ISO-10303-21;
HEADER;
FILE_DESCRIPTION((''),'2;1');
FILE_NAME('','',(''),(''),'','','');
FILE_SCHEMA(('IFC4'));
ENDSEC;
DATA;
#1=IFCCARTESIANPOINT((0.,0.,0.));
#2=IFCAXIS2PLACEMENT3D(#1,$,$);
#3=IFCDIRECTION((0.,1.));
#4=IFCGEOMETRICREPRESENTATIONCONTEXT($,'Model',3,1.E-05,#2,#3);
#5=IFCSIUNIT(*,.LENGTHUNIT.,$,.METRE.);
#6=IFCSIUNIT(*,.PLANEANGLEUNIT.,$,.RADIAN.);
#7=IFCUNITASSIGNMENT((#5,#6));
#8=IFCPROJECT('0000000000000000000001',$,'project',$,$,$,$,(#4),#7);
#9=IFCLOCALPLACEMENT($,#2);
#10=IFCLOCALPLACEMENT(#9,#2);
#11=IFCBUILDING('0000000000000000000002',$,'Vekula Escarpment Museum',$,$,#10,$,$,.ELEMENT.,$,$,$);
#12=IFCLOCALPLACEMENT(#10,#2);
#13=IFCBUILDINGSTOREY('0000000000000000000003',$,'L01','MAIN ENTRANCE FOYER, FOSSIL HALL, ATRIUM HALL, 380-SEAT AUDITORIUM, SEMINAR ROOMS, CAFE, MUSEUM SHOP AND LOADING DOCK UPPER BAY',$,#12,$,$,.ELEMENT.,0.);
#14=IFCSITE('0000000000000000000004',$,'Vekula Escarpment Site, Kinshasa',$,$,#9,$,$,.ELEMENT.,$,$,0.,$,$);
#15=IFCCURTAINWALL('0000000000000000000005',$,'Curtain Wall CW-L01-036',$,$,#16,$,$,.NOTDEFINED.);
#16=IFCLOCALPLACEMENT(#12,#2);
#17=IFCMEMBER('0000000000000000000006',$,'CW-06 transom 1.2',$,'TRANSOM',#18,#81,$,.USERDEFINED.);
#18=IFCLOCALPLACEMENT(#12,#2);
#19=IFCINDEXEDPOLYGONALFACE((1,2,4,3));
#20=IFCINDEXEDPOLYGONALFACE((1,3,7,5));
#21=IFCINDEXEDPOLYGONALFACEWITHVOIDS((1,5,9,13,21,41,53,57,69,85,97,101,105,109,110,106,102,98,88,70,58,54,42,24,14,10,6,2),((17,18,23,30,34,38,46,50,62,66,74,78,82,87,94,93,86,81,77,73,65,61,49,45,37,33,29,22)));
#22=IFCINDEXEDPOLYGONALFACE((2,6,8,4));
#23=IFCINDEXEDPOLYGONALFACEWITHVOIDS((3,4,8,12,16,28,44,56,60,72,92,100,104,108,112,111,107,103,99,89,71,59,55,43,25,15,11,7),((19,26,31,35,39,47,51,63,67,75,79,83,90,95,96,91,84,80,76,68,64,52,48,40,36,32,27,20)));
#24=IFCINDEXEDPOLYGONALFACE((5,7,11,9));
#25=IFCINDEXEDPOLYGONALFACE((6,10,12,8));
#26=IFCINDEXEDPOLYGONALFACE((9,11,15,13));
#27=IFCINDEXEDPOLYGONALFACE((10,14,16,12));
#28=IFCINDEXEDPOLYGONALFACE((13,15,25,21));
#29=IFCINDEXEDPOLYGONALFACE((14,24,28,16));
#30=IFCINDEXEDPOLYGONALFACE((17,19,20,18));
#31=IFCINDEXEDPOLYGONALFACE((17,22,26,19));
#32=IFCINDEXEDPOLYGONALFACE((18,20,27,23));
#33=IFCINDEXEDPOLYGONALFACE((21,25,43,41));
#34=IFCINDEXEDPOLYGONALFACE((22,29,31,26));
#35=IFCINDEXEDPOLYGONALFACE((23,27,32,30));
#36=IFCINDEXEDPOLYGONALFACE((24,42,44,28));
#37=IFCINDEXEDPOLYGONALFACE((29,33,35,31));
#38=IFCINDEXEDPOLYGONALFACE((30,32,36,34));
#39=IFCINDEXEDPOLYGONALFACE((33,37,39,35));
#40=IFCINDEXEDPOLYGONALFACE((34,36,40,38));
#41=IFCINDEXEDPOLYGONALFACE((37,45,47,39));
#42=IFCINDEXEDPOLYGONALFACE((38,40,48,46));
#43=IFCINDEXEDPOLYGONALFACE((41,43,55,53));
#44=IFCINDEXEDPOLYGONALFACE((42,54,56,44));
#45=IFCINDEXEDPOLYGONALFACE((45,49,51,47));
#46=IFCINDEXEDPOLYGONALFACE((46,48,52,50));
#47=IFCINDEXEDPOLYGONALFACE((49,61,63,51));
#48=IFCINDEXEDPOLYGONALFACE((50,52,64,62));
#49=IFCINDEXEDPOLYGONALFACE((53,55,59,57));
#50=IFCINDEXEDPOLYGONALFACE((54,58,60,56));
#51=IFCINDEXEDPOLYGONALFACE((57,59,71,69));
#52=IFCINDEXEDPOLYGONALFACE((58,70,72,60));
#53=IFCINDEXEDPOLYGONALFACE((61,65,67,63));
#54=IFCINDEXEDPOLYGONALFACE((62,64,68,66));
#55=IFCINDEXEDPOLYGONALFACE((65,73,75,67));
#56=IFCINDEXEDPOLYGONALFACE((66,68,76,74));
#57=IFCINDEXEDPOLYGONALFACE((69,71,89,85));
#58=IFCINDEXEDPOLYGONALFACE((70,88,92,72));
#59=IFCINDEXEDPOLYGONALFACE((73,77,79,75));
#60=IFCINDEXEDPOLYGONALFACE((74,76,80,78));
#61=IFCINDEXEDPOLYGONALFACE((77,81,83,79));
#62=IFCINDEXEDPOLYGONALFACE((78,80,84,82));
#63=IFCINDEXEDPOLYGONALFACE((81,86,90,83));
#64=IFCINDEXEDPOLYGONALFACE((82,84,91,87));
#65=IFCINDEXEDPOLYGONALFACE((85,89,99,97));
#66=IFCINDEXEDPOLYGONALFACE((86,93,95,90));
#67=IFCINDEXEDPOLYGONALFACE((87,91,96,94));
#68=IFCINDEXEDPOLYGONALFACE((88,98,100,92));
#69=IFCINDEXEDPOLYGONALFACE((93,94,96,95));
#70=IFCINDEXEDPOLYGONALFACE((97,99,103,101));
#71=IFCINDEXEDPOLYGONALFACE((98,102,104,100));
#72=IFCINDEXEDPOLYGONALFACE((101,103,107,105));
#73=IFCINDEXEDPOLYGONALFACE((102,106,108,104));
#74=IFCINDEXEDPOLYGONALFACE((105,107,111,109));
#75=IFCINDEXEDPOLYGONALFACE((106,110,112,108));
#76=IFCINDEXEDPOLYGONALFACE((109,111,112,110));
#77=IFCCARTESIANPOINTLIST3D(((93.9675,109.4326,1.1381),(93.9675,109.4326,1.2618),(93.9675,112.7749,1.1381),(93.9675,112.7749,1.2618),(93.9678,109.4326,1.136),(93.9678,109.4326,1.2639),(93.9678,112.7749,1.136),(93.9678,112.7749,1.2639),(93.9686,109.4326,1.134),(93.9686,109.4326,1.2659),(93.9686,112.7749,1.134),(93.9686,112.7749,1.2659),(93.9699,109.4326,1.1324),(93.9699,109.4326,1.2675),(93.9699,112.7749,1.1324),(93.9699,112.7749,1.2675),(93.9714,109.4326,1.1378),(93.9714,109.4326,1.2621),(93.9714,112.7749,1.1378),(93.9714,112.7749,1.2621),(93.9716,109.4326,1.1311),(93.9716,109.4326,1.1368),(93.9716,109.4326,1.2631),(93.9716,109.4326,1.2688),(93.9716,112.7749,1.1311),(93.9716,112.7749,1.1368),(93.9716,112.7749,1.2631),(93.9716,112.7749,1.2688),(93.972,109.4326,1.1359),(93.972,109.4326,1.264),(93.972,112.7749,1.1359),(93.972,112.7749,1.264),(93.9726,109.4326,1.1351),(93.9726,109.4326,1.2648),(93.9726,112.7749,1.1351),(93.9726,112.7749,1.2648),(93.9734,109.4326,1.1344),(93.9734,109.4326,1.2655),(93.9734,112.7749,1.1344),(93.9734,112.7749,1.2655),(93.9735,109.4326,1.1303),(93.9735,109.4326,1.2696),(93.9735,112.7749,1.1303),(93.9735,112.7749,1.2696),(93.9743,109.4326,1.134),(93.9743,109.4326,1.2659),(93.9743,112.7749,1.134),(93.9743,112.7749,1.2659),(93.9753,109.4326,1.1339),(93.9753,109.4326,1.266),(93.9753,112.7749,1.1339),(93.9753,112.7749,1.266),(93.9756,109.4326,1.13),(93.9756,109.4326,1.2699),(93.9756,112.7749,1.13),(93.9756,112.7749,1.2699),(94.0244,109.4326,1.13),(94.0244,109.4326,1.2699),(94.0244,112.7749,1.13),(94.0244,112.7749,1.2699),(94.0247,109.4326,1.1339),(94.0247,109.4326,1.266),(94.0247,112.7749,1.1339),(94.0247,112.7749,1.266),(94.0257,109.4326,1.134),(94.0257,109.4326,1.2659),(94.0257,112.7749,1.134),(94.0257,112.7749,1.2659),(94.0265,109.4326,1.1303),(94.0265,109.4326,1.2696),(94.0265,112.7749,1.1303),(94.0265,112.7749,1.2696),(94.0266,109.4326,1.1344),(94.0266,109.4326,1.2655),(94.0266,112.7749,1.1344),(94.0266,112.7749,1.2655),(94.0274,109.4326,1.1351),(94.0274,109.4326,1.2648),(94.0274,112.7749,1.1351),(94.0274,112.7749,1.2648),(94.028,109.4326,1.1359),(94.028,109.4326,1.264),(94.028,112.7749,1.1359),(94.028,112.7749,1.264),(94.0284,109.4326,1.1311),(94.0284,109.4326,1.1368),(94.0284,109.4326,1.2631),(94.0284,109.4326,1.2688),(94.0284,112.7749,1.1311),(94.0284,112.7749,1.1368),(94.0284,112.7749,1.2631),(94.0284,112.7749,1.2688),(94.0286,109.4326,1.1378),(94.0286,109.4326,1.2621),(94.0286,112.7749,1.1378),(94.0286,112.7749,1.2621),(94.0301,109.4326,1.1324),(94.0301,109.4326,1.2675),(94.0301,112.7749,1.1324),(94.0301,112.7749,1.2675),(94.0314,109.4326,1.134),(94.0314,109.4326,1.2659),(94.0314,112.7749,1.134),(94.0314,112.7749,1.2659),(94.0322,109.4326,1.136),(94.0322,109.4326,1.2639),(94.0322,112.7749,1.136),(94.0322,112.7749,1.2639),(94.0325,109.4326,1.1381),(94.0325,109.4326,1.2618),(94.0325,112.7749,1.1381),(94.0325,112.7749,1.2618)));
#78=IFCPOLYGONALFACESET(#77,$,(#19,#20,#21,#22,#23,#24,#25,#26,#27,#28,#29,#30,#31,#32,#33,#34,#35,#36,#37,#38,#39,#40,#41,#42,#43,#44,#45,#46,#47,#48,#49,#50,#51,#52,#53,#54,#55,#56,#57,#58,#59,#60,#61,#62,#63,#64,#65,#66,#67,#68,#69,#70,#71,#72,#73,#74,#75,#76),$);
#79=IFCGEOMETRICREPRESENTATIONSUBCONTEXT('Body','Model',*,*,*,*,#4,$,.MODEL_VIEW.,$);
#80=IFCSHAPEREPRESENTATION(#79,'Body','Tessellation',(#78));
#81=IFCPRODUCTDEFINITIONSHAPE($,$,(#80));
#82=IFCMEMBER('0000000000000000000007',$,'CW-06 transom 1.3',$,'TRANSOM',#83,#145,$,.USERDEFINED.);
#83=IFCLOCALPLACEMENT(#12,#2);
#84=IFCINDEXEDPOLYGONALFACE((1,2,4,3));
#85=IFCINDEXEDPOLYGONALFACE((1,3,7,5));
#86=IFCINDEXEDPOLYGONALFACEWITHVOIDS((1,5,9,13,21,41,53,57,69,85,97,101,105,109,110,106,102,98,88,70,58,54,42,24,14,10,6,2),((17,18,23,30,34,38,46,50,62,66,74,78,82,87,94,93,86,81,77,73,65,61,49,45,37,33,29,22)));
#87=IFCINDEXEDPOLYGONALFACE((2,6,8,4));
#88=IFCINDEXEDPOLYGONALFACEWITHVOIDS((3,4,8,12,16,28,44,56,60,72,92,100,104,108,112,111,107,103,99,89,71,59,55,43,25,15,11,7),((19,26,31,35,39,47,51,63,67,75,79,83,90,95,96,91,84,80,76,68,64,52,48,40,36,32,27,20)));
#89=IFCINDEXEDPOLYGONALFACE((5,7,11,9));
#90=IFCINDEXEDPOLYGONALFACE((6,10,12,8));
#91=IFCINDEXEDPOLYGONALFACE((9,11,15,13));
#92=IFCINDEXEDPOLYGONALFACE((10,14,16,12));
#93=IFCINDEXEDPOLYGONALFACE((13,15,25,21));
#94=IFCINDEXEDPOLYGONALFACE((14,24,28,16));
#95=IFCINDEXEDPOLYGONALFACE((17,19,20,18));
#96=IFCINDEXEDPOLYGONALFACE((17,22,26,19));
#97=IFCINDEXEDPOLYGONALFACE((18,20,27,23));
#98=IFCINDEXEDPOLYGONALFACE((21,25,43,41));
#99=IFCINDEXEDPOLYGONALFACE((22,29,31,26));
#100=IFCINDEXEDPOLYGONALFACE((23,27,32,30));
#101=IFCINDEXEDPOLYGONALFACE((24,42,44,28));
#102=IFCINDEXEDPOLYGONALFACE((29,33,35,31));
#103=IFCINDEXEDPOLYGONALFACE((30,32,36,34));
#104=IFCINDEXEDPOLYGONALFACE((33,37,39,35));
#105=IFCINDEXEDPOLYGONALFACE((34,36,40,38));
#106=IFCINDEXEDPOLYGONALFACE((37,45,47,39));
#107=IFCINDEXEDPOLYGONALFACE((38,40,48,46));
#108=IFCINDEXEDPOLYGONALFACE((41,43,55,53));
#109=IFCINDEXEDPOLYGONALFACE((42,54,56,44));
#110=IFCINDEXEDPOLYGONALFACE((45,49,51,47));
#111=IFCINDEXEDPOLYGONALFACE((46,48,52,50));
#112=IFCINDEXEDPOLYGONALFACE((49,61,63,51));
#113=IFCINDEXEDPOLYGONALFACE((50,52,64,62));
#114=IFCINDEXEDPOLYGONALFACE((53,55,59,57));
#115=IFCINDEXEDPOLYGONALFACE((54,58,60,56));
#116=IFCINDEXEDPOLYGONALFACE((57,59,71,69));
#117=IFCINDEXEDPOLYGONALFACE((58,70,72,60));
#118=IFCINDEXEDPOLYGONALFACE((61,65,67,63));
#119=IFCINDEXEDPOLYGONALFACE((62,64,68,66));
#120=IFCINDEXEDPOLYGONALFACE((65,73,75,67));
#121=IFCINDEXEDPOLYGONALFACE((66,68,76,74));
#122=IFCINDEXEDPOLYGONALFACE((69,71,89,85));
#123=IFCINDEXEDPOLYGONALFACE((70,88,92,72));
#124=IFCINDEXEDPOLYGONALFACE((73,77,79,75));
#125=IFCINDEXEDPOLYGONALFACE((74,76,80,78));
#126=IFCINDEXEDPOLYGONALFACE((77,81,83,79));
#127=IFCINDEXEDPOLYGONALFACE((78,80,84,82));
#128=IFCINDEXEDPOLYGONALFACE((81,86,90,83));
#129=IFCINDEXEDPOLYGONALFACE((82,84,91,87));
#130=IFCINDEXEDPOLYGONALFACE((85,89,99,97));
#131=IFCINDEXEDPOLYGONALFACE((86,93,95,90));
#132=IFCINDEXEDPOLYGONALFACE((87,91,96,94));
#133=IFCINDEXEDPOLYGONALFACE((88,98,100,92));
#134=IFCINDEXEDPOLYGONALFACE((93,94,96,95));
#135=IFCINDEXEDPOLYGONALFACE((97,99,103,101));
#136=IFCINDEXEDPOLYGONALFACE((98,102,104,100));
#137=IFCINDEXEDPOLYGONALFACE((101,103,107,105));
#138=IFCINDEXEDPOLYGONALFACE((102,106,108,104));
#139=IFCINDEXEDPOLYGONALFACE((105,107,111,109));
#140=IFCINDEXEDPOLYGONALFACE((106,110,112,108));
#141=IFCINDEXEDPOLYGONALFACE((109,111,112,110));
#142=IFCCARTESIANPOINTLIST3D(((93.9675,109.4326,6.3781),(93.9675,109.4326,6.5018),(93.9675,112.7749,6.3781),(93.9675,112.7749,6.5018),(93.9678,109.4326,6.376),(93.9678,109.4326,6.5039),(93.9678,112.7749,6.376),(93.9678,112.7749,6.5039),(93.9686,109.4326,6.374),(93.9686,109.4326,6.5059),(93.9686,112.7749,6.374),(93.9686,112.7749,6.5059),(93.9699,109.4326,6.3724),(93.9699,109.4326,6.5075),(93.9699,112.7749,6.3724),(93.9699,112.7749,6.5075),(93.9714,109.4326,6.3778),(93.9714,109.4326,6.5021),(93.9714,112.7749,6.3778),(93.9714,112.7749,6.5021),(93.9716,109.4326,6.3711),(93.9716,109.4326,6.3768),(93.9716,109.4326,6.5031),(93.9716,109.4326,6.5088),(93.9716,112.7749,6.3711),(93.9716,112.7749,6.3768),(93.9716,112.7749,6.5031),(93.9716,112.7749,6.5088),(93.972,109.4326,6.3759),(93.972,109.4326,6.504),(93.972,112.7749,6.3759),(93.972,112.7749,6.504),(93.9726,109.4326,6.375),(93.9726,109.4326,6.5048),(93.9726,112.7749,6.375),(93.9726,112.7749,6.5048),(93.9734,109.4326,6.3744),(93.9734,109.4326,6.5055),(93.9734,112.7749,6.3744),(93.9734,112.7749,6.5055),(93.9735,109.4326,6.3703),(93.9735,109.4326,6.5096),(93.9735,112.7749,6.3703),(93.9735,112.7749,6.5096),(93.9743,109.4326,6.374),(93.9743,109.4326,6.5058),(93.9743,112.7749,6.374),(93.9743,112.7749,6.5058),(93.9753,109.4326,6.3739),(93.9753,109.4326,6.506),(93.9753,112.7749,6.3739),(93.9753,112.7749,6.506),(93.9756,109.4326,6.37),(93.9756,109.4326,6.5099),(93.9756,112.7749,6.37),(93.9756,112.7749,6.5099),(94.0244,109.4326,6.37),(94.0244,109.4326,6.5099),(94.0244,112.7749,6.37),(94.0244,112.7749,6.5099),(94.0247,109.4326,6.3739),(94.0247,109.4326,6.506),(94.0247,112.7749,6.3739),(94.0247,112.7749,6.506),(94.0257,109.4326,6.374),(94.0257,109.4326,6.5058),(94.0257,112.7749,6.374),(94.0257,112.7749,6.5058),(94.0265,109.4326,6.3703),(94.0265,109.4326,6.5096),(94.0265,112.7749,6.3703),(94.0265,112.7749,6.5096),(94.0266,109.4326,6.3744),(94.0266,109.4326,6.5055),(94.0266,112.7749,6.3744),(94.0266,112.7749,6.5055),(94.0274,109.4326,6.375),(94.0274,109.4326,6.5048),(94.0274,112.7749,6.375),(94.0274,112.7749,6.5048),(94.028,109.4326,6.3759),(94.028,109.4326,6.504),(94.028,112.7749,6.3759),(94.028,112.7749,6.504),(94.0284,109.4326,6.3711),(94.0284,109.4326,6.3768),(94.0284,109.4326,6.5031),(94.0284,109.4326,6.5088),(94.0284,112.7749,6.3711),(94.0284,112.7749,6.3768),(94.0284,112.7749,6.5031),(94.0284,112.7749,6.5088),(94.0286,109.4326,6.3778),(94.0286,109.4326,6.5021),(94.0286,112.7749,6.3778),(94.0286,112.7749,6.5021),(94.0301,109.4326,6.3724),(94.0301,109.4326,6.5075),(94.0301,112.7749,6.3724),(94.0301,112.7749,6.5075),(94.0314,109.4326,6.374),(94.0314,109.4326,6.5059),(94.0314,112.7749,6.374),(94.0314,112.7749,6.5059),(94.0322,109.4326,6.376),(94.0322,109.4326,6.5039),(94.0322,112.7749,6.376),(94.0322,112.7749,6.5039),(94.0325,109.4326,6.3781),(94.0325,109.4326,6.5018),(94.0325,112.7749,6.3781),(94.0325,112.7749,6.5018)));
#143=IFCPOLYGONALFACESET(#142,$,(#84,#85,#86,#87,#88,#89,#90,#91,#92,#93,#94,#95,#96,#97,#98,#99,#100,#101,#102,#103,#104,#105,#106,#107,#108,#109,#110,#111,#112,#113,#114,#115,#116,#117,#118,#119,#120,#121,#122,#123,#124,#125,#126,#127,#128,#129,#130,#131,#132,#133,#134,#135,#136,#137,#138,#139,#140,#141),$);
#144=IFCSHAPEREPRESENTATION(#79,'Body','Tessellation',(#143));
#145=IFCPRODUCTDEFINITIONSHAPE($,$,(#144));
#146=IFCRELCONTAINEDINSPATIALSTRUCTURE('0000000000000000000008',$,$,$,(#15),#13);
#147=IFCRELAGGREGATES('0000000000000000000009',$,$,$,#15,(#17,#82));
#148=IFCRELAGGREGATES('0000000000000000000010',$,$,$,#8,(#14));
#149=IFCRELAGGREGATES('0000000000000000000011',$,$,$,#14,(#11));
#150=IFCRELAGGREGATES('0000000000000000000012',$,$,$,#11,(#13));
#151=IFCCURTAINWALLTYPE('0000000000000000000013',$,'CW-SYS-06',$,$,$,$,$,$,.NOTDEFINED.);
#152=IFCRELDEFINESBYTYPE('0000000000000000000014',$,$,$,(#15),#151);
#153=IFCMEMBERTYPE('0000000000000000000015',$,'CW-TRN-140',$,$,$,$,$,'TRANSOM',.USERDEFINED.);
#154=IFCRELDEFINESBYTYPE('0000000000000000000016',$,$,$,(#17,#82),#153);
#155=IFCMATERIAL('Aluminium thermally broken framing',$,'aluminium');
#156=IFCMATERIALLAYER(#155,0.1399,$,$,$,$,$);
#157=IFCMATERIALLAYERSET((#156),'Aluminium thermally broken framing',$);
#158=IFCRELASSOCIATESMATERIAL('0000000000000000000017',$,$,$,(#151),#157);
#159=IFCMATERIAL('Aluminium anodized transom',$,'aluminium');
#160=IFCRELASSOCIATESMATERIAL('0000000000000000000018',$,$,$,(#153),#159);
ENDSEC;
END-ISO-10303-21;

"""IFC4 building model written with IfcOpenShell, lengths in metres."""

from ifc_helpers import new_model, si_unit, direction, frame, origin, origin_2d, place, context, subcontext, project, spatial, hollow_rectangle, extrude, material, layer, layer_set, material_profile, profile_set, type_object, element, aggregate, save


model = new_model("IFC4")

# Units and contexts
model_context = context("Model", 3, precision=1e-05, world=origin(), true_north=direction((0.0, 1.0)))
body_context = subcontext(model_context, "Body", "Model", "MODEL_VIEW")
ifc_project = project(units=[si_unit("LENGTHUNIT", "METRE"), si_unit("PLANEANGLEUNIT", "RADIAN")], contexts=[model_context])

# Site, building, storey
site_placement = place(None, origin())
site = spatial("IfcSite", under=ifc_project, at=site_placement, Name="Vekula Escarpment Site, Kinshasa", CompositionType="ELEMENT", RefElevation=0.0)
building_placement = place(site_placement, origin())
building = spatial("IfcBuilding", under=site, at=building_placement, Name="Vekula Escarpment Museum", CompositionType="ELEMENT")
storey_placement = place(building_placement, origin())
storey = spatial("IfcBuildingStorey", under=building, at=storey_placement, Name="L01", Description="MAIN ENTRANCE FOYER, FOSSIL HALL, ATRIUM HALL, 380-SEAT AUDITORIUM, SEMINAR ROOMS, CAFE, MUSEUM SHOP AND LOADING DOCK UPPER BAY", CompositionType="ELEMENT", Elevation=0.0)

# Curtain wall
ifc_material_1 = material(Name="Aluminium thermally broken framing", Category="aluminium")
ifc_layer_1 = layer(ifc_material_1, 0.1399)
ifc_layer_set_1 = layer_set([ifc_layer_1], Name="Aluminium thermally broken framing")
curtain_wall_type_1 = type_object("IfcCurtainWallType", Name="CW-SYS-06", PredefinedType="NOTDEFINED", material=ifc_layer_set_1)
curtain_wall_1_placement = place(storey_placement, origin())
curtain_wall_1 = element("IfcCurtainWall", 1, at=curtain_wall_1_placement, inside=storey, type_object=curtain_wall_type_1, Name="Curtain Wall CW-L01-036", PredefinedType="NOTDEFINED")

# Members
ifc_material_2 = material(Name="Aluminium anodized transom", Category="aluminium")
ifc_material_profile_1 = material_profile(ifc_material_2, hollow_rectangle(XDim=0.0649, YDim=0.1399, WallThickness=0.0039, InnerFilletRadius=0.0039, OuterFilletRadius=0.0081, at=origin_2d()), Name="ALU 140x65x4")
ifc_profile_set_1 = profile_set([ifc_material_profile_1], Name="Aluminium anodized transom")
member_type_1 = type_object("IfcMemberType", Name="CW-TRN-140", ElementType="TRANSOM", PredefinedType="USERDEFINED", material=ifc_profile_set_1)
member_1_placement = place(storey_placement, frame((94.0, 112.7749, 1.2), z_axis=(0.0, -1.0, 0.0), x_axis=(1.0, 0.0, 0.0)))
member_1 = element("IfcMember", 2, at=member_1_placement, type_object=member_type_1, Name="CW-06 transom 1.2", ObjectType="TRANSOM", PredefinedType="USERDEFINED", context=body_context, shape_type="SweptSolid", body=[
    extrude(hollow_rectangle(XDim=0.0649, YDim=0.1399, WallThickness=0.0039, InnerFilletRadius=0.0039, OuterFilletRadius=0.0081, at=origin_2d()), origin(), (0.0, 0.0, 1.0), 3.3423),
])
member_2_placement = place(storey_placement, frame((94.0, 112.7749, 6.4399), z_axis=(0.0, -1.0, 0.0), x_axis=(1.0, 0.0, 0.0)))
member_2 = element("IfcMember", 3, at=member_2_placement, type_object=member_type_1, Name="CW-06 transom 1.3", ObjectType="TRANSOM", PredefinedType="USERDEFINED", context=body_context, shape_type="SweptSolid", body=[
    extrude(hollow_rectangle(XDim=0.0649, YDim=0.1399, WallThickness=0.0039, InnerFilletRadius=0.0039, OuterFilletRadius=0.0081, at=origin_2d()), origin(), (0.0, 0.0, 1.0), 3.3423),
])

aggregate(curtain_wall_1, [member_1, member_2])

save(model, "model.ifc")
